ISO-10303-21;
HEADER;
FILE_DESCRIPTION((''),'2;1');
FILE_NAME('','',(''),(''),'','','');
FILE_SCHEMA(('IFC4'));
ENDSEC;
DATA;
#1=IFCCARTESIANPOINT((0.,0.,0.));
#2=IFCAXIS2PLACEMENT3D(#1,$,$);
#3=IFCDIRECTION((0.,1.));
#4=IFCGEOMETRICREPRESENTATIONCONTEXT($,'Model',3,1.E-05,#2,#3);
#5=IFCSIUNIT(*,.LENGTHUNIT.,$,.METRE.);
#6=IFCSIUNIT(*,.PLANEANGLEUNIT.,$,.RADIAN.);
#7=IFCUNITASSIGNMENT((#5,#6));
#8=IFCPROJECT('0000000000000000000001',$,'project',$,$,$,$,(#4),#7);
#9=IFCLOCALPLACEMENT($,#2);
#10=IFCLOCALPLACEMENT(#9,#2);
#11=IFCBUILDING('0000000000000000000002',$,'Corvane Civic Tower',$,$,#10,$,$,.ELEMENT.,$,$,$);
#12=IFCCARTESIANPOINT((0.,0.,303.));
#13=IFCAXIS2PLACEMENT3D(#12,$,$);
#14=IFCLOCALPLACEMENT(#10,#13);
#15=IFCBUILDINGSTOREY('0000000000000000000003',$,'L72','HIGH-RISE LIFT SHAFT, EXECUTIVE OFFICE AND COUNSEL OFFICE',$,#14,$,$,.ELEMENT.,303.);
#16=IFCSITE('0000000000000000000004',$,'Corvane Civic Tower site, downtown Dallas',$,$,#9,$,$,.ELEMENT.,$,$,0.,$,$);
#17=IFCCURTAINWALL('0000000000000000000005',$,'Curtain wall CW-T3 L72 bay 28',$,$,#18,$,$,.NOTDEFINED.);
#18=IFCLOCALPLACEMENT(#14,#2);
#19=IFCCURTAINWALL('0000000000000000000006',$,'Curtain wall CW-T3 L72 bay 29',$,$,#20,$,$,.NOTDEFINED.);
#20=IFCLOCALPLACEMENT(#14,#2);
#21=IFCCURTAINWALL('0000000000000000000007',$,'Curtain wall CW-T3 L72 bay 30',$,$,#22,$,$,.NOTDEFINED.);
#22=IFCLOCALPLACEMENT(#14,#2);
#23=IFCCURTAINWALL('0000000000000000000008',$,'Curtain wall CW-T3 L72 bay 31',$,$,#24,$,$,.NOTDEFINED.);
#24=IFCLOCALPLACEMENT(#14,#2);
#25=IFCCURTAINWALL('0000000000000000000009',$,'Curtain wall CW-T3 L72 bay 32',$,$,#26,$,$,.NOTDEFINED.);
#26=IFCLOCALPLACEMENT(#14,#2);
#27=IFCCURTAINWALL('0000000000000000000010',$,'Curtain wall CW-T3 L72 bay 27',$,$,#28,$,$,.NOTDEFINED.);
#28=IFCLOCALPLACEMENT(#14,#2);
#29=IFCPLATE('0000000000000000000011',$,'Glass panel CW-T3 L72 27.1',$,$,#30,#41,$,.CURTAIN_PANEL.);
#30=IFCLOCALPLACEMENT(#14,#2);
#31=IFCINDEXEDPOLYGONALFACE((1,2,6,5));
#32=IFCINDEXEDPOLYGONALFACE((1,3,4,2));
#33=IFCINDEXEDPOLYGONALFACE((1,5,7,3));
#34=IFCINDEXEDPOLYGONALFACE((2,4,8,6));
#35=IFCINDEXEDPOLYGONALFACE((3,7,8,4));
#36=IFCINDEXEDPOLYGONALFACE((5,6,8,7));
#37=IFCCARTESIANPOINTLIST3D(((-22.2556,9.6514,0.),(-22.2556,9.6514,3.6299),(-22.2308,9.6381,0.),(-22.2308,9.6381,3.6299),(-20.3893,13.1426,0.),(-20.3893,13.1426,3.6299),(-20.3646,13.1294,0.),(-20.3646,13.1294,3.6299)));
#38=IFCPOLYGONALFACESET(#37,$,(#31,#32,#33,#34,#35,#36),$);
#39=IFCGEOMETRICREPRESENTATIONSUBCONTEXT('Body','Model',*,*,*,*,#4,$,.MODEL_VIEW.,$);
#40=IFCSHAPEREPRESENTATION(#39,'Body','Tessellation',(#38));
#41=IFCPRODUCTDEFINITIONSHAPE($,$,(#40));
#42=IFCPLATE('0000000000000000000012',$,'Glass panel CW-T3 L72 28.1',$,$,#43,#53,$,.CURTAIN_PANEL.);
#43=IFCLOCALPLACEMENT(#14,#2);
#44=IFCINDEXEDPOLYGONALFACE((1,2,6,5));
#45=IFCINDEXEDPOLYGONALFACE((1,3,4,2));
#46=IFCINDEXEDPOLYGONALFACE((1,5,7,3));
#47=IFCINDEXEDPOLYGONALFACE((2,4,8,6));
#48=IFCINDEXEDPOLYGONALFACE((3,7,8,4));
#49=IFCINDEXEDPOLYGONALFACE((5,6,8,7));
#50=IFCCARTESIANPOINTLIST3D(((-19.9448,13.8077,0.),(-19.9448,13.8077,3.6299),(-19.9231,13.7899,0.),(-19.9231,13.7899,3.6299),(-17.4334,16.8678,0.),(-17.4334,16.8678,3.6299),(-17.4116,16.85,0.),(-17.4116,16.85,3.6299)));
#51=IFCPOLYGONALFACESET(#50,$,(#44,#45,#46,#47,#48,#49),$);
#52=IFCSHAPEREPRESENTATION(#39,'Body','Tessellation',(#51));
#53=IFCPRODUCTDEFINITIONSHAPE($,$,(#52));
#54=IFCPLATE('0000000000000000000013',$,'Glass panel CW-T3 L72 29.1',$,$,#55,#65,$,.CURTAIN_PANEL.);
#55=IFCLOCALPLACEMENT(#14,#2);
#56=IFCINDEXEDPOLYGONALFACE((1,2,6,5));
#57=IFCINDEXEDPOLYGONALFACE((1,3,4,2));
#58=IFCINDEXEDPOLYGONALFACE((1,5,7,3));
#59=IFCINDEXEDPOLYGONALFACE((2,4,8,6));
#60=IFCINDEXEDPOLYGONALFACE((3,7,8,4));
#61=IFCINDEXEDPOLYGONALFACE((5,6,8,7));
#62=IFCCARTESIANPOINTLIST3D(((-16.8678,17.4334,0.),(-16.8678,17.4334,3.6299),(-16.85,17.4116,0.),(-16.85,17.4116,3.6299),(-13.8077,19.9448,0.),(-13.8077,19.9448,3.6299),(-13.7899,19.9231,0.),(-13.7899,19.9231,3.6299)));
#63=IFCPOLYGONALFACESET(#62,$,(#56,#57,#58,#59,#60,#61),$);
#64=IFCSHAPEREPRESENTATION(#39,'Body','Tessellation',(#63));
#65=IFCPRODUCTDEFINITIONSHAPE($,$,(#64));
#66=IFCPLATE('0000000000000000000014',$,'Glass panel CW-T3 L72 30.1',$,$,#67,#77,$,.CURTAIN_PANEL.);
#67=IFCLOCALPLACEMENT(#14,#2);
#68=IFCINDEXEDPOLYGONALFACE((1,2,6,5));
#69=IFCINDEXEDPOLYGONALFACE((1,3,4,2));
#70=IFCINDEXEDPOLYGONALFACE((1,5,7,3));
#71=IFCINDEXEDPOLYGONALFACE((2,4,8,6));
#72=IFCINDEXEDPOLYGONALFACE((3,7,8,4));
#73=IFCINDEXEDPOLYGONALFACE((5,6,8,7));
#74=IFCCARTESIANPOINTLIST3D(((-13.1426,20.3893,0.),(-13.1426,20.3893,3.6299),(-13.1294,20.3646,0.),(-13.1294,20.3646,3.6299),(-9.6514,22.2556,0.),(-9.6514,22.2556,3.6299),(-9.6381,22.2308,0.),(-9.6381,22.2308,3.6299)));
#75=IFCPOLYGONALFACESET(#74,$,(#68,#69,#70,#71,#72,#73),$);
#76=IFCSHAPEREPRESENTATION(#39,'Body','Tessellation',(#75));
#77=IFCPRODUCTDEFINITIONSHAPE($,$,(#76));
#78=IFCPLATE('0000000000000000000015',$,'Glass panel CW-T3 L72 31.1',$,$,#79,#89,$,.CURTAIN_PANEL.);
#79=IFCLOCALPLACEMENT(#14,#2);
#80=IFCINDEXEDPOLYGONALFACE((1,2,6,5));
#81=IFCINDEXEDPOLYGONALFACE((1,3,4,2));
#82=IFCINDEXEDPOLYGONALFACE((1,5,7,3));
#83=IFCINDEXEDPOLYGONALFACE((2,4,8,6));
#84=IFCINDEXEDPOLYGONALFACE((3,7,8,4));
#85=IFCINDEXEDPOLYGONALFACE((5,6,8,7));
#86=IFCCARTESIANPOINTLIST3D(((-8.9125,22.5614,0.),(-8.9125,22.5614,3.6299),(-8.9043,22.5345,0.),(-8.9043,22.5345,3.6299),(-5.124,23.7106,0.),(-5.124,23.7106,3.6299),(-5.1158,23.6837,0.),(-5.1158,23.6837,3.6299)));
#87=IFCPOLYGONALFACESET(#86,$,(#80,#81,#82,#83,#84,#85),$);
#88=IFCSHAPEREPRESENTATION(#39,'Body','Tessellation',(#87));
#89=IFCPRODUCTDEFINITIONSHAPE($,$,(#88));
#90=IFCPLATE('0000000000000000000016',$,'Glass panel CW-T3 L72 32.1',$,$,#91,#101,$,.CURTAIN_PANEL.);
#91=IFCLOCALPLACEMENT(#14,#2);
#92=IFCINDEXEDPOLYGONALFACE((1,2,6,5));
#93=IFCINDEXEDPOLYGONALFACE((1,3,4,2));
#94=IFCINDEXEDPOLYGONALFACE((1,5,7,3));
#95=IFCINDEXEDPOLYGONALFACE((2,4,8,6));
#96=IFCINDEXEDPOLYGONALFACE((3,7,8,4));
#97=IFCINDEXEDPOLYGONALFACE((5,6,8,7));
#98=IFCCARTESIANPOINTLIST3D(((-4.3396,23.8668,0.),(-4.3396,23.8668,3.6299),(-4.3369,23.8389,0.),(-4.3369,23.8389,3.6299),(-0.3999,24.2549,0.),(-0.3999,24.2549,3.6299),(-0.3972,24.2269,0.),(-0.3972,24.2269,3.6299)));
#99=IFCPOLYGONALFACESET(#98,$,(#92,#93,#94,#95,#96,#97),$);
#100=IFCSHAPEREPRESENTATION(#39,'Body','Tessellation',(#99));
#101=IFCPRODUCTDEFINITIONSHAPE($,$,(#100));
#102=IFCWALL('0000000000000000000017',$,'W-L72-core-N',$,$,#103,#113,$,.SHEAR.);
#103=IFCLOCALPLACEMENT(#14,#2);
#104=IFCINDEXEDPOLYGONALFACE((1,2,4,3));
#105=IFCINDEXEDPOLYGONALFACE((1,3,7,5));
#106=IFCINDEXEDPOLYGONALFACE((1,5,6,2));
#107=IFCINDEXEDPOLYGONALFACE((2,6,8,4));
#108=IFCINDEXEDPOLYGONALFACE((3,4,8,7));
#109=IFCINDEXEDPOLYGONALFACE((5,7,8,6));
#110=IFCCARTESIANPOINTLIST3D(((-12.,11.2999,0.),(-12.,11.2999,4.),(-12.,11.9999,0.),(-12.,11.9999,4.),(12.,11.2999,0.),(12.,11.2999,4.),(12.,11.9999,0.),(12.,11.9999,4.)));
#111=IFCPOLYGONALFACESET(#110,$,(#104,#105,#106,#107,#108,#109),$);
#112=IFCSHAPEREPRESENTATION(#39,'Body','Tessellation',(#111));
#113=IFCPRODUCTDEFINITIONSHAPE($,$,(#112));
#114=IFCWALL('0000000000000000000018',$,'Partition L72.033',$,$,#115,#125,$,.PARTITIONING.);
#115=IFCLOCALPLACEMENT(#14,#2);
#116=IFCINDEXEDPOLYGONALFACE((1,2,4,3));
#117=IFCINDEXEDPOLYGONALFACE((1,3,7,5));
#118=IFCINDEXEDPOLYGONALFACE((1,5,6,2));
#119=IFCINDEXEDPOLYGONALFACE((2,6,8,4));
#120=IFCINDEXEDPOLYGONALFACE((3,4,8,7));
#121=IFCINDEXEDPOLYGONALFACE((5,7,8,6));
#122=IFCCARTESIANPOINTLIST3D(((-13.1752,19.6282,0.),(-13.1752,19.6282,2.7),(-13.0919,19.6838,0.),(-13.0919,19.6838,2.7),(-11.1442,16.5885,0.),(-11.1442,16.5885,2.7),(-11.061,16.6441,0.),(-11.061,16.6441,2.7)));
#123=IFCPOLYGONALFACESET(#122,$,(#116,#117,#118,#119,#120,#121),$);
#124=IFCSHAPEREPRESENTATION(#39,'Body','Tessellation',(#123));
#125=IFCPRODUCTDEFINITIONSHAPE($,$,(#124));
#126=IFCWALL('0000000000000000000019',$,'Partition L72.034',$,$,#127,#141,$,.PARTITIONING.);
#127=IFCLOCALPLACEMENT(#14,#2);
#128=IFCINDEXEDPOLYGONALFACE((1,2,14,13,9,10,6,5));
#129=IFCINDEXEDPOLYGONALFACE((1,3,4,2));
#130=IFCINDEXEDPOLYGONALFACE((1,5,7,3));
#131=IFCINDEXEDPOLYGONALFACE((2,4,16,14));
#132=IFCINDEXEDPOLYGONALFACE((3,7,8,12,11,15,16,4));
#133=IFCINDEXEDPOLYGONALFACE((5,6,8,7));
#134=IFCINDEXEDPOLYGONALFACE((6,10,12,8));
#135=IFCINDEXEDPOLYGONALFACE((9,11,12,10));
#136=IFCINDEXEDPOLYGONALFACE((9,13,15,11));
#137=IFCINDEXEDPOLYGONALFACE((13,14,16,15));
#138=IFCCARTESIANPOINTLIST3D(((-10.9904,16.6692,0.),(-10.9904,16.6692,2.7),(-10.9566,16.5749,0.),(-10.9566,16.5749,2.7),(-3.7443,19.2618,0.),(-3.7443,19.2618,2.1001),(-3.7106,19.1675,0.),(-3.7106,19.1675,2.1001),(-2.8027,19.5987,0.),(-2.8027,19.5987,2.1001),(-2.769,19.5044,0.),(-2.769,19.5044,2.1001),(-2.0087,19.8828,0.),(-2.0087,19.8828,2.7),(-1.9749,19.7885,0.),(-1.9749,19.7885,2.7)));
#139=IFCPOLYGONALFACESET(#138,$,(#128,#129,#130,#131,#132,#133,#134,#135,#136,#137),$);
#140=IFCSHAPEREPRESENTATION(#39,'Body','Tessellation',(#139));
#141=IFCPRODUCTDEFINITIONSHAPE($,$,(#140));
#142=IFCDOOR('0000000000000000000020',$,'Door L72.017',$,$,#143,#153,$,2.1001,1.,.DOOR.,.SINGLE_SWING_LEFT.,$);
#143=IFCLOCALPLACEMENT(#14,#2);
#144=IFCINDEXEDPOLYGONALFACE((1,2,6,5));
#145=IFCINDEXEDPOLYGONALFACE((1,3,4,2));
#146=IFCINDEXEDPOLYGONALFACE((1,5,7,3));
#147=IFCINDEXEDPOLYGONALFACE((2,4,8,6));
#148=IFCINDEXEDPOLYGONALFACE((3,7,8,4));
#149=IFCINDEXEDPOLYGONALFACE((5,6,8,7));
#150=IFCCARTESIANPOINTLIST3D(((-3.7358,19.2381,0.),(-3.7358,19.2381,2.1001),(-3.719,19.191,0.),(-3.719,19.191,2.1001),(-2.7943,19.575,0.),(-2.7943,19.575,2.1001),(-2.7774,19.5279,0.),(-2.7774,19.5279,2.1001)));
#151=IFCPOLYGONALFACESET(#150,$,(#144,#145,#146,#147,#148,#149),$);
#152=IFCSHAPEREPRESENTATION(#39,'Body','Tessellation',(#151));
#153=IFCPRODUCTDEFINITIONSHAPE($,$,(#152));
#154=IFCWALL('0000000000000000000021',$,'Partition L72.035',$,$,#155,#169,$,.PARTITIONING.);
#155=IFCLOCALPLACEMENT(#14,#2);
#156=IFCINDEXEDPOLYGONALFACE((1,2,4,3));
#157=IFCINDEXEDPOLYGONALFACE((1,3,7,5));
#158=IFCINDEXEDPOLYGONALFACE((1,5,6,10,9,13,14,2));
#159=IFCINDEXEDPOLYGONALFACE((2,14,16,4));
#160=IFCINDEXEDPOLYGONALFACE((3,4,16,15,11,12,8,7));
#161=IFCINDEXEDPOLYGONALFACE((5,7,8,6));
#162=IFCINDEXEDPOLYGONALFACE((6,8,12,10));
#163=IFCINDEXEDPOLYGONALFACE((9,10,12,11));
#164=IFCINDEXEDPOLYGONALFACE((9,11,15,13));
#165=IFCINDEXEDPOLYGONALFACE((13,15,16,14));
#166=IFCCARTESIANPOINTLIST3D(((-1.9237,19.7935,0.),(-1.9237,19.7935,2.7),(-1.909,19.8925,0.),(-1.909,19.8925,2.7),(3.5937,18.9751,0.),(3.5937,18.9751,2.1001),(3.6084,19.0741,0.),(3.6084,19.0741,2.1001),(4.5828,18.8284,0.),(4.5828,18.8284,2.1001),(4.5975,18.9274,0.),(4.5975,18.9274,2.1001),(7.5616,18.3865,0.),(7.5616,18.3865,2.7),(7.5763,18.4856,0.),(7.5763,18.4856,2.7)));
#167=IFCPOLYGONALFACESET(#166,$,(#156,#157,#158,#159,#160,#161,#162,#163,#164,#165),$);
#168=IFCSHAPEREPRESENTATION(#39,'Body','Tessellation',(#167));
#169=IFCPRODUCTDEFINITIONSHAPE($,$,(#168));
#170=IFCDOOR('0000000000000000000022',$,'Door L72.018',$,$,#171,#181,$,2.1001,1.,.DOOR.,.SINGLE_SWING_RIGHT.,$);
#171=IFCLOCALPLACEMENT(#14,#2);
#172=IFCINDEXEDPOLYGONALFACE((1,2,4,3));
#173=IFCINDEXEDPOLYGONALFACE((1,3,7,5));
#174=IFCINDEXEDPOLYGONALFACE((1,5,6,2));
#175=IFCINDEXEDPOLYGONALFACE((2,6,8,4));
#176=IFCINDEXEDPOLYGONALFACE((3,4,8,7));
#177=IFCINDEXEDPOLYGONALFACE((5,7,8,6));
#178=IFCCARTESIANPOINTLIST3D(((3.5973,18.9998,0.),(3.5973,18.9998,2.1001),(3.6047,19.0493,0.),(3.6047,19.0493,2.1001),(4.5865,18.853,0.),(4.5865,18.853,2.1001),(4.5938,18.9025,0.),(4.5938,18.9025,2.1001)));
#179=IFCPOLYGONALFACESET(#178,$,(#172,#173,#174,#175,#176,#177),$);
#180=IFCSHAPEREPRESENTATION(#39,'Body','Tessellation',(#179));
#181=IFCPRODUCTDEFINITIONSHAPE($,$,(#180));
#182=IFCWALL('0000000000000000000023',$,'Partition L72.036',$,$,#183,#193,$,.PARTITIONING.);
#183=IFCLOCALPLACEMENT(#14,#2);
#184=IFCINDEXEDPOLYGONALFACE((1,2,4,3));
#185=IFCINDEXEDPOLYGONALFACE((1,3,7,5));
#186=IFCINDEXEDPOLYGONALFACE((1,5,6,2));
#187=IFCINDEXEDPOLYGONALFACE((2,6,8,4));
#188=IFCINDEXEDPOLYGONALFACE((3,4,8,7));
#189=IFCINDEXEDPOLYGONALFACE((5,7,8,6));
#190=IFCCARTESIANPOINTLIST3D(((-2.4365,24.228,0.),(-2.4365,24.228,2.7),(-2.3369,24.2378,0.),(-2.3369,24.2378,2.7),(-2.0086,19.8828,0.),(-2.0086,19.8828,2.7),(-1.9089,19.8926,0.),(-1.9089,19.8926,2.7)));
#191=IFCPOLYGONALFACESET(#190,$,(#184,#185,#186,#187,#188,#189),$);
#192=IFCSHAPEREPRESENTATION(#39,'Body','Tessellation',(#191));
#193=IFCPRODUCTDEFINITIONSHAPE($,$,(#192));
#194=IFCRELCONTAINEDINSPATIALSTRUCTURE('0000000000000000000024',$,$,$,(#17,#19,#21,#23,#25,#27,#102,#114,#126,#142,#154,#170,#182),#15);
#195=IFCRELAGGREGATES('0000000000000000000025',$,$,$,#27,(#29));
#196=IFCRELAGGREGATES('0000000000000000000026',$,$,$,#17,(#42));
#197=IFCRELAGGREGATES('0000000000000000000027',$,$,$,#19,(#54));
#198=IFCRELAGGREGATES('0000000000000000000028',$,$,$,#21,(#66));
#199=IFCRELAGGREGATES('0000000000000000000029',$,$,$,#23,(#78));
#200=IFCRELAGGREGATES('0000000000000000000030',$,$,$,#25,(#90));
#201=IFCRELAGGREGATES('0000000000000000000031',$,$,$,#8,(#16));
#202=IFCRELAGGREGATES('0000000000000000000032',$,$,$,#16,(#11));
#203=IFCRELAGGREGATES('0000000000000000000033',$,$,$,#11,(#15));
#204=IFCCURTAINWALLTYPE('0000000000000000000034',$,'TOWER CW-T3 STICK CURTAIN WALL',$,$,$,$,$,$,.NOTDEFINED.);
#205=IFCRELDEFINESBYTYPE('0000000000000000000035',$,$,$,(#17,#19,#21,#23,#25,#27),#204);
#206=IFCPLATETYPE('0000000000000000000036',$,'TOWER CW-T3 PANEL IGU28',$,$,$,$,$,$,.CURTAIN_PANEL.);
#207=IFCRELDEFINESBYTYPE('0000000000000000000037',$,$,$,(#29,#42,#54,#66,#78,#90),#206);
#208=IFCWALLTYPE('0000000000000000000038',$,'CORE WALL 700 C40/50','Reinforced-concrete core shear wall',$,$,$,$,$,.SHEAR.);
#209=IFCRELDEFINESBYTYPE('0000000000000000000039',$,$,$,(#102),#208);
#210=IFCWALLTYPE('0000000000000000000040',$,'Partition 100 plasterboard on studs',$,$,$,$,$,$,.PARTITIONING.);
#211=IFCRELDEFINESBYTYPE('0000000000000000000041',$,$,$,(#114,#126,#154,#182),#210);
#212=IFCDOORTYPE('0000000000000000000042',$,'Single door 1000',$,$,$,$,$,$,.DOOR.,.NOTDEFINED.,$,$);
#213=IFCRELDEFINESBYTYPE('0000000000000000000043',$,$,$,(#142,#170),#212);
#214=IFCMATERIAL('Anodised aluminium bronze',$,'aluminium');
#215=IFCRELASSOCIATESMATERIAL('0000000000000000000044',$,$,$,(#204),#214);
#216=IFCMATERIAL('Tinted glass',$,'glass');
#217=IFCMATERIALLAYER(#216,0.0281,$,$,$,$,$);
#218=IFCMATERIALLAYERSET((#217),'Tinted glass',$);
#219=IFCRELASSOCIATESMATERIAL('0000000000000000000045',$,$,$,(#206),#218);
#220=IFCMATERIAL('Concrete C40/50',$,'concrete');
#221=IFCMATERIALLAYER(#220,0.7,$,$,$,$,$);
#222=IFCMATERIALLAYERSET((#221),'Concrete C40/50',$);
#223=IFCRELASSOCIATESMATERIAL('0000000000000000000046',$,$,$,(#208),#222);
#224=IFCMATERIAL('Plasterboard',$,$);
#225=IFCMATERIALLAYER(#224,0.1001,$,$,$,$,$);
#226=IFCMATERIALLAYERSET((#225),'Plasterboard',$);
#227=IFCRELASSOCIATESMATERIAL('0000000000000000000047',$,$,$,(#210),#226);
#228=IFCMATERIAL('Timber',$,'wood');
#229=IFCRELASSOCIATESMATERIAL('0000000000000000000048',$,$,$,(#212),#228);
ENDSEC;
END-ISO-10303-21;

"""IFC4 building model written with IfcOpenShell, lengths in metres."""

from ifc_helpers import new_model, si_unit, direction, frame, frame_2d, origin, origin_2d, place, context, subcontext, project, spatial, rectangle, extrude, material, layer, layer_set, type_object, element, fill, aggregate, save


model = new_model("IFC4")

# Units and contexts
model_context = context("Model", 3, precision=1e-05, world=origin(), true_north=direction((0.0, 1.0)))
body_context = subcontext(model_context, "Body", "Model", "MODEL_VIEW")
ifc_project = project(units=[si_unit("LENGTHUNIT", "METRE"), si_unit("PLANEANGLEUNIT", "RADIAN")], contexts=[model_context])

# Site, building, storey
site_placement = place(None, origin())
site = spatial("IfcSite", under=ifc_project, at=site_placement, Name="Corvane Civic Tower site, downtown Dallas", CompositionType="ELEMENT", RefElevation=0.0)
building_placement = place(site_placement, origin())
building = spatial("IfcBuilding", under=site, at=building_placement, Name="Corvane Civic Tower", CompositionType="ELEMENT")
storey_placement = place(building_placement, frame((0.0, 0.0, 303.0)))
storey = spatial("IfcBuildingStorey", under=building, at=storey_placement, Name="L72", Description="HIGH-RISE LIFT SHAFT, EXECUTIVE OFFICE AND COUNSEL OFFICE", CompositionType="ELEMENT", Elevation=303.0)

# Curtain walls
ifc_material_1 = material(Name="Anodised aluminium bronze", Category="aluminium")
curtain_wall_type = type_object("IfcCurtainWallType", Name="TOWER CW-T3 STICK CURTAIN WALL", PredefinedType="NOTDEFINED", material=ifc_material_1)
curtain_wall_1_placement = place(storey_placement, origin())
curtain_wall_1 = element("IfcCurtainWall", 1, at=curtain_wall_1_placement, inside=storey, type_object=curtain_wall_type, Name="Curtain wall CW-T3 L72 bay 28", PredefinedType="NOTDEFINED")
curtain_wall_2_placement = place(storey_placement, origin())
curtain_wall_2 = element("IfcCurtainWall", 2, at=curtain_wall_2_placement, inside=storey, type_object=curtain_wall_type, Name="Curtain wall CW-T3 L72 bay 29", PredefinedType="NOTDEFINED")
curtain_wall_3_placement = place(storey_placement, origin())
curtain_wall_3 = element("IfcCurtainWall", 3, at=curtain_wall_3_placement, inside=storey, type_object=curtain_wall_type, Name="Curtain wall CW-T3 L72 bay 30", PredefinedType="NOTDEFINED")
curtain_wall_4_placement = place(storey_placement, origin())
curtain_wall_4 = element("IfcCurtainWall", 4, at=curtain_wall_4_placement, inside=storey, type_object=curtain_wall_type, Name="Curtain wall CW-T3 L72 bay 31", PredefinedType="NOTDEFINED")
curtain_wall_5_placement = place(storey_placement, origin())
curtain_wall_5 = element("IfcCurtainWall", 5, at=curtain_wall_5_placement, inside=storey, type_object=curtain_wall_type, Name="Curtain wall CW-T3 L72 bay 32", PredefinedType="NOTDEFINED")

# Curtain wall, plate
curtain_wall_6_placement = place(storey_placement, origin())
curtain_wall_6 = element("IfcCurtainWall", 6, at=curtain_wall_6_placement, inside=storey, type_object=curtain_wall_type, Name="Curtain wall CW-T3 L72 bay 27", PredefinedType="NOTDEFINED")
ifc_material_2 = material(Name="Tinted glass", Category="glass")
ifc_layer_1 = layer(ifc_material_2, 0.0281)
ifc_layer_set_1 = layer_set([ifc_layer_1], Name="Tinted glass")
plate_type = type_object("IfcPlateType", Name="TOWER CW-T3 PANEL IGU28", PredefinedType="CURTAIN_PANEL", material=ifc_layer_set_1)
plate_1_placement = place(storey_placement, frame((-21.3101, 11.3904, 0.0), z_axis=(0.0, 0.0, 1.0), x_axis=(0.471421, 0.881908, 0.0)))
plate_1 = element("IfcPlate", 7, at=plate_1_placement, type_object=plate_type, Name="Glass panel CW-T3 L72 27.1", PredefinedType="CURTAIN_PANEL", context=body_context, shape_type="SweptSolid", body=[
    extrude(rectangle(XDim=3.9587, YDim=0.0281, at=origin_2d()), origin(), (0.0, 0.0, 1.0), 3.6299),
])
aggregate(curtain_wall_6, [plate_1])

# Plates
plate_2_placement = place(storey_placement, frame((-18.6782, 15.3289, 0.0), z_axis=(0.0, 0.0, 1.0), x_axis=(0.634405, 0.773001, 0.0)))
plate_2 = element("IfcPlate", 8, at=plate_2_placement, type_object=plate_type, Name="Glass panel CW-T3 L72 28.1", PredefinedType="CURTAIN_PANEL", context=body_context, shape_type="SweptSolid", body=[
    extrude(rectangle(XDim=3.9587, YDim=0.0281, at=origin_2d()), origin(), (0.0, 0.0, 1.0), 3.6299),
])
aggregate(curtain_wall_1, [plate_2])
plate_3_placement = place(storey_placement, frame((-15.3289, 18.6782, 0.0), z_axis=(0.0, 0.0, 1.0), x_axis=(0.773001, 0.634405, 0.0)))
plate_3 = element("IfcPlate", 9, at=plate_3_placement, type_object=plate_type, Name="Glass panel CW-T3 L72 29.1", PredefinedType="CURTAIN_PANEL", context=body_context, shape_type="SweptSolid", body=[
    extrude(rectangle(XDim=3.9587, YDim=0.0281, at=origin_2d()), origin(), (0.0, 0.0, 1.0), 3.6299),
])
aggregate(curtain_wall_2, [plate_3])
plate_4_placement = place(storey_placement, frame((-11.3904, 21.3101, 0.0), z_axis=(0.0, 0.0, 1.0), x_axis=(0.881908, 0.471421, 0.0)))
plate_4 = element("IfcPlate", 10, at=plate_4_placement, type_object=plate_type, Name="Glass panel CW-T3 L72 30.1", PredefinedType="CURTAIN_PANEL", context=body_context, shape_type="SweptSolid", body=[
    extrude(rectangle(XDim=3.9587, YDim=0.0281, at=origin_2d()), origin(), (0.0, 0.0, 1.0), 3.6299),
])
aggregate(curtain_wall_3, [plate_4])
plate_5_placement = place(storey_placement, frame((-7.0142, 23.1226, 0.0), z_axis=(0.0, 0.0, 1.0), x_axis=(0.956944, 0.290274, 0.0)))
plate_5 = element("IfcPlate", 11, at=plate_5_placement, type_object=plate_type, Name="Glass panel CW-T3 L72 31.1", PredefinedType="CURTAIN_PANEL", context=body_context, shape_type="SweptSolid", body=[
    extrude(rectangle(XDim=3.959, YDim=0.0281, at=origin_2d()), origin(), (0.0, 0.0, 1.0), 3.6299),
])
aggregate(curtain_wall_4, [plate_5])
plate_6_placement = place(storey_placement, frame((-2.3684, 24.0469, 0.0), z_axis=(0.0, 0.0, 1.0), x_axis=(0.995184, 0.098021, 0.0)))
plate_6 = element("IfcPlate", 12, at=plate_6_placement, type_object=plate_type, Name="Glass panel CW-T3 L72 32.1", PredefinedType="CURTAIN_PANEL", context=body_context, shape_type="SweptSolid", body=[
    extrude(rectangle(XDim=3.9587, YDim=0.0281, at=origin_2d()), origin(), (0.0, 0.0, 1.0), 3.6299),
])
aggregate(curtain_wall_5, [plate_6])

# Walls
ifc_material_3 = material(Name="Concrete C40/50", Category="concrete")
ifc_layer_2 = layer(ifc_material_3, 0.7)
ifc_layer_set_2 = layer_set([ifc_layer_2], Name="Concrete C40/50")
wall_type_1 = type_object("IfcWallType", Name="CORE WALL 700 C40/50", Description="Reinforced-concrete core shear wall", PredefinedType="SHEAR", material=ifc_layer_set_2)
wall_1_placement = place(storey_placement, frame((-12.0, 11.6499, 0.0), z_axis=(0.0, 0.0, 1.0), x_axis=(1.0, 0.0, 0.0)))
element("IfcWall", 13, at=wall_1_placement, inside=storey, type_object=wall_type_1, Name="W-L72-core-N", PredefinedType="SHEAR", context=body_context, shape_type="SweptSolid", body=[
    extrude(rectangle(XDim=24.0, YDim=0.7, at=frame_2d((12.0, 0.0))), origin(), (0.0, 0.0, 1.0), 4.0),
])
ifc_material_4 = material(Name="Plasterboard")
ifc_layer_3 = layer(ifc_material_4, 0.1001)
ifc_layer_set_3 = layer_set([ifc_layer_3], Name="Plasterboard")
wall_type_2 = type_object("IfcWallType", Name="Partition 100 plasterboard on studs", PredefinedType="PARTITIONING", material=ifc_layer_set_3)
wall_2_placement = place(storey_placement, frame((-13.1335, 19.656, 0.0), z_axis=(0.0, 0.0, 1.0), x_axis=(0.555548, -0.831485, 0.0)))
element("IfcWall", 14, at=wall_2_placement, inside=storey, type_object=wall_type_2, Name="Partition L72.033", PredefinedType="PARTITIONING", context=body_context, shape_type="SweptSolid", body=[
    extrude(rectangle(XDim=3.6558, YDim=0.1001, at=frame_2d((1.8279, 0.0))), origin(), (0.0, 0.0, 1.0), 2.7),
])

# Walls, openings, doors
wall_3_placement = place(storey_placement, frame((-10.9734, 16.6221, 0.0), z_axis=(0.0, 0.0, 1.0), x_axis=(0.941547, 0.336883, 0.0)))
wall_3 = element("IfcWall", 15, at=wall_3_placement, inside=storey, type_object=wall_type_2, Name="Partition L72.034", PredefinedType="PARTITIONING", context=body_context, shape_type="SweptSolid", body=[
    extrude(rectangle(XDim=9.5393, YDim=0.1001, at=frame_2d((4.7695, 0.0))), origin(), (0.0, 0.0, 1.0), 2.7),
])
opening_1_placement = place(wall_3_placement, frame((7.6958, 0.0, 0.0)))
opening_1 = element("IfcOpeningElement", 16, at=opening_1_placement, cuts=wall_3, PredefinedType="OPENING", context=body_context, shape_type="SweptSolid", body=[
    extrude(rectangle(XDim=1.0, YDim=2.1001, at=frame_2d((0.5, 1.05))), frame((0.0, 0.0601, 0.0), z_axis=(0.0, -1.0, 0.0), x_axis=(1.0, 0.0, 0.0)), (0.0, 0.0, 1.0), 0.1201),
])
ifc_material_5 = material(Name="Timber", Category="wood")
door_type_1 = type_object("IfcDoorType", Name="Single door 1000", OperationType="NOTDEFINED", PredefinedType="DOOR", material=ifc_material_5)
door_1_placement = place(opening_1_placement, origin())
door_1 = element("IfcDoor", 17, at=door_1_placement, inside=storey, type_object=door_type_1, Name="Door L72.017", OperationType="SINGLE_SWING_LEFT", OverallHeight=2.1001, OverallWidth=1.0, PredefinedType="DOOR", context=body_context, shape_type="SweptSolid", body=[
    extrude(rectangle(XDim=1.0, YDim=2.1001, at=frame_2d((0.5, 1.05))), frame((0.0, 0.0249, 0.0), z_axis=(0.0, -1.0, 0.0), x_axis=(1.0, 0.0, 0.0)), (0.0, 0.0, 1.0), 0.05),
])
fill(opening_1, door_1)
wall_4_placement = place(storey_placement, frame((-1.9163, 19.843, 0.0), z_axis=(0.0, 0.0, 1.0), x_axis=(0.989177, -0.146727, 0.0)))
wall_4 = element("IfcWall", 18, at=wall_4_placement, inside=storey, type_object=wall_type_2, Name="Partition L72.035", PredefinedType="PARTITIONING", context=body_context, shape_type="SweptSolid", body=[
    extrude(rectangle(XDim=9.5891, YDim=0.1001, at=frame_2d((4.7944, 0.0))), origin(), (0.0, 0.0, 1.0), 2.7),
])
opening_2_placement = place(wall_4_placement, frame((5.5776, 0.0, 0.0)))
opening_2 = element("IfcOpeningElement", 19, at=opening_2_placement, cuts=wall_4, PredefinedType="OPENING", context=body_context, shape_type="SweptSolid", body=[
    extrude(rectangle(XDim=1.0, YDim=2.1001, at=frame_2d((0.5, 1.05))), frame((0.0, 0.0601, 0.0), z_axis=(0.0, -1.0, 0.0), x_axis=(1.0, 0.0, 0.0)), (0.0, 0.0, 1.0), 0.1201),
])
door_2_placement = place(opening_2_placement, origin())
door_2 = element("IfcDoor", 20, at=door_2_placement, inside=storey, type_object=door_type_1, Name="Door L72.018", OperationType="SINGLE_SWING_RIGHT", OverallHeight=2.1001, OverallWidth=1.0, PredefinedType="DOOR", context=body_context, shape_type="SweptSolid", body=[
    extrude(rectangle(XDim=1.0, YDim=2.1001, at=frame_2d((0.5, 1.05))), frame((0.0, 0.0249, 0.0), z_axis=(0.0, -1.0, 0.0), x_axis=(1.0, 0.0, 0.0)), (0.0, 0.0, 1.0), 0.05),
])
fill(opening_2, door_2)

# Wall
wall_5_placement = place(storey_placement, frame((-2.3867, 24.2329, 0.0), z_axis=(0.0, 0.0, 1.0), x_axis=(0.09802, -0.995184, 0.0)))
element("IfcWall", 21, at=wall_5_placement, inside=storey, type_object=wall_type_2, Name="Partition L72.036", PredefinedType="PARTITIONING", context=body_context, shape_type="SweptSolid", body=[
    extrude(rectangle(XDim=4.3662, YDim=0.1001, at=frame_2d((2.1831, 0.0))), origin(), (0.0, 0.0, 1.0), 2.7),
])

save(model, "model.ifc")
